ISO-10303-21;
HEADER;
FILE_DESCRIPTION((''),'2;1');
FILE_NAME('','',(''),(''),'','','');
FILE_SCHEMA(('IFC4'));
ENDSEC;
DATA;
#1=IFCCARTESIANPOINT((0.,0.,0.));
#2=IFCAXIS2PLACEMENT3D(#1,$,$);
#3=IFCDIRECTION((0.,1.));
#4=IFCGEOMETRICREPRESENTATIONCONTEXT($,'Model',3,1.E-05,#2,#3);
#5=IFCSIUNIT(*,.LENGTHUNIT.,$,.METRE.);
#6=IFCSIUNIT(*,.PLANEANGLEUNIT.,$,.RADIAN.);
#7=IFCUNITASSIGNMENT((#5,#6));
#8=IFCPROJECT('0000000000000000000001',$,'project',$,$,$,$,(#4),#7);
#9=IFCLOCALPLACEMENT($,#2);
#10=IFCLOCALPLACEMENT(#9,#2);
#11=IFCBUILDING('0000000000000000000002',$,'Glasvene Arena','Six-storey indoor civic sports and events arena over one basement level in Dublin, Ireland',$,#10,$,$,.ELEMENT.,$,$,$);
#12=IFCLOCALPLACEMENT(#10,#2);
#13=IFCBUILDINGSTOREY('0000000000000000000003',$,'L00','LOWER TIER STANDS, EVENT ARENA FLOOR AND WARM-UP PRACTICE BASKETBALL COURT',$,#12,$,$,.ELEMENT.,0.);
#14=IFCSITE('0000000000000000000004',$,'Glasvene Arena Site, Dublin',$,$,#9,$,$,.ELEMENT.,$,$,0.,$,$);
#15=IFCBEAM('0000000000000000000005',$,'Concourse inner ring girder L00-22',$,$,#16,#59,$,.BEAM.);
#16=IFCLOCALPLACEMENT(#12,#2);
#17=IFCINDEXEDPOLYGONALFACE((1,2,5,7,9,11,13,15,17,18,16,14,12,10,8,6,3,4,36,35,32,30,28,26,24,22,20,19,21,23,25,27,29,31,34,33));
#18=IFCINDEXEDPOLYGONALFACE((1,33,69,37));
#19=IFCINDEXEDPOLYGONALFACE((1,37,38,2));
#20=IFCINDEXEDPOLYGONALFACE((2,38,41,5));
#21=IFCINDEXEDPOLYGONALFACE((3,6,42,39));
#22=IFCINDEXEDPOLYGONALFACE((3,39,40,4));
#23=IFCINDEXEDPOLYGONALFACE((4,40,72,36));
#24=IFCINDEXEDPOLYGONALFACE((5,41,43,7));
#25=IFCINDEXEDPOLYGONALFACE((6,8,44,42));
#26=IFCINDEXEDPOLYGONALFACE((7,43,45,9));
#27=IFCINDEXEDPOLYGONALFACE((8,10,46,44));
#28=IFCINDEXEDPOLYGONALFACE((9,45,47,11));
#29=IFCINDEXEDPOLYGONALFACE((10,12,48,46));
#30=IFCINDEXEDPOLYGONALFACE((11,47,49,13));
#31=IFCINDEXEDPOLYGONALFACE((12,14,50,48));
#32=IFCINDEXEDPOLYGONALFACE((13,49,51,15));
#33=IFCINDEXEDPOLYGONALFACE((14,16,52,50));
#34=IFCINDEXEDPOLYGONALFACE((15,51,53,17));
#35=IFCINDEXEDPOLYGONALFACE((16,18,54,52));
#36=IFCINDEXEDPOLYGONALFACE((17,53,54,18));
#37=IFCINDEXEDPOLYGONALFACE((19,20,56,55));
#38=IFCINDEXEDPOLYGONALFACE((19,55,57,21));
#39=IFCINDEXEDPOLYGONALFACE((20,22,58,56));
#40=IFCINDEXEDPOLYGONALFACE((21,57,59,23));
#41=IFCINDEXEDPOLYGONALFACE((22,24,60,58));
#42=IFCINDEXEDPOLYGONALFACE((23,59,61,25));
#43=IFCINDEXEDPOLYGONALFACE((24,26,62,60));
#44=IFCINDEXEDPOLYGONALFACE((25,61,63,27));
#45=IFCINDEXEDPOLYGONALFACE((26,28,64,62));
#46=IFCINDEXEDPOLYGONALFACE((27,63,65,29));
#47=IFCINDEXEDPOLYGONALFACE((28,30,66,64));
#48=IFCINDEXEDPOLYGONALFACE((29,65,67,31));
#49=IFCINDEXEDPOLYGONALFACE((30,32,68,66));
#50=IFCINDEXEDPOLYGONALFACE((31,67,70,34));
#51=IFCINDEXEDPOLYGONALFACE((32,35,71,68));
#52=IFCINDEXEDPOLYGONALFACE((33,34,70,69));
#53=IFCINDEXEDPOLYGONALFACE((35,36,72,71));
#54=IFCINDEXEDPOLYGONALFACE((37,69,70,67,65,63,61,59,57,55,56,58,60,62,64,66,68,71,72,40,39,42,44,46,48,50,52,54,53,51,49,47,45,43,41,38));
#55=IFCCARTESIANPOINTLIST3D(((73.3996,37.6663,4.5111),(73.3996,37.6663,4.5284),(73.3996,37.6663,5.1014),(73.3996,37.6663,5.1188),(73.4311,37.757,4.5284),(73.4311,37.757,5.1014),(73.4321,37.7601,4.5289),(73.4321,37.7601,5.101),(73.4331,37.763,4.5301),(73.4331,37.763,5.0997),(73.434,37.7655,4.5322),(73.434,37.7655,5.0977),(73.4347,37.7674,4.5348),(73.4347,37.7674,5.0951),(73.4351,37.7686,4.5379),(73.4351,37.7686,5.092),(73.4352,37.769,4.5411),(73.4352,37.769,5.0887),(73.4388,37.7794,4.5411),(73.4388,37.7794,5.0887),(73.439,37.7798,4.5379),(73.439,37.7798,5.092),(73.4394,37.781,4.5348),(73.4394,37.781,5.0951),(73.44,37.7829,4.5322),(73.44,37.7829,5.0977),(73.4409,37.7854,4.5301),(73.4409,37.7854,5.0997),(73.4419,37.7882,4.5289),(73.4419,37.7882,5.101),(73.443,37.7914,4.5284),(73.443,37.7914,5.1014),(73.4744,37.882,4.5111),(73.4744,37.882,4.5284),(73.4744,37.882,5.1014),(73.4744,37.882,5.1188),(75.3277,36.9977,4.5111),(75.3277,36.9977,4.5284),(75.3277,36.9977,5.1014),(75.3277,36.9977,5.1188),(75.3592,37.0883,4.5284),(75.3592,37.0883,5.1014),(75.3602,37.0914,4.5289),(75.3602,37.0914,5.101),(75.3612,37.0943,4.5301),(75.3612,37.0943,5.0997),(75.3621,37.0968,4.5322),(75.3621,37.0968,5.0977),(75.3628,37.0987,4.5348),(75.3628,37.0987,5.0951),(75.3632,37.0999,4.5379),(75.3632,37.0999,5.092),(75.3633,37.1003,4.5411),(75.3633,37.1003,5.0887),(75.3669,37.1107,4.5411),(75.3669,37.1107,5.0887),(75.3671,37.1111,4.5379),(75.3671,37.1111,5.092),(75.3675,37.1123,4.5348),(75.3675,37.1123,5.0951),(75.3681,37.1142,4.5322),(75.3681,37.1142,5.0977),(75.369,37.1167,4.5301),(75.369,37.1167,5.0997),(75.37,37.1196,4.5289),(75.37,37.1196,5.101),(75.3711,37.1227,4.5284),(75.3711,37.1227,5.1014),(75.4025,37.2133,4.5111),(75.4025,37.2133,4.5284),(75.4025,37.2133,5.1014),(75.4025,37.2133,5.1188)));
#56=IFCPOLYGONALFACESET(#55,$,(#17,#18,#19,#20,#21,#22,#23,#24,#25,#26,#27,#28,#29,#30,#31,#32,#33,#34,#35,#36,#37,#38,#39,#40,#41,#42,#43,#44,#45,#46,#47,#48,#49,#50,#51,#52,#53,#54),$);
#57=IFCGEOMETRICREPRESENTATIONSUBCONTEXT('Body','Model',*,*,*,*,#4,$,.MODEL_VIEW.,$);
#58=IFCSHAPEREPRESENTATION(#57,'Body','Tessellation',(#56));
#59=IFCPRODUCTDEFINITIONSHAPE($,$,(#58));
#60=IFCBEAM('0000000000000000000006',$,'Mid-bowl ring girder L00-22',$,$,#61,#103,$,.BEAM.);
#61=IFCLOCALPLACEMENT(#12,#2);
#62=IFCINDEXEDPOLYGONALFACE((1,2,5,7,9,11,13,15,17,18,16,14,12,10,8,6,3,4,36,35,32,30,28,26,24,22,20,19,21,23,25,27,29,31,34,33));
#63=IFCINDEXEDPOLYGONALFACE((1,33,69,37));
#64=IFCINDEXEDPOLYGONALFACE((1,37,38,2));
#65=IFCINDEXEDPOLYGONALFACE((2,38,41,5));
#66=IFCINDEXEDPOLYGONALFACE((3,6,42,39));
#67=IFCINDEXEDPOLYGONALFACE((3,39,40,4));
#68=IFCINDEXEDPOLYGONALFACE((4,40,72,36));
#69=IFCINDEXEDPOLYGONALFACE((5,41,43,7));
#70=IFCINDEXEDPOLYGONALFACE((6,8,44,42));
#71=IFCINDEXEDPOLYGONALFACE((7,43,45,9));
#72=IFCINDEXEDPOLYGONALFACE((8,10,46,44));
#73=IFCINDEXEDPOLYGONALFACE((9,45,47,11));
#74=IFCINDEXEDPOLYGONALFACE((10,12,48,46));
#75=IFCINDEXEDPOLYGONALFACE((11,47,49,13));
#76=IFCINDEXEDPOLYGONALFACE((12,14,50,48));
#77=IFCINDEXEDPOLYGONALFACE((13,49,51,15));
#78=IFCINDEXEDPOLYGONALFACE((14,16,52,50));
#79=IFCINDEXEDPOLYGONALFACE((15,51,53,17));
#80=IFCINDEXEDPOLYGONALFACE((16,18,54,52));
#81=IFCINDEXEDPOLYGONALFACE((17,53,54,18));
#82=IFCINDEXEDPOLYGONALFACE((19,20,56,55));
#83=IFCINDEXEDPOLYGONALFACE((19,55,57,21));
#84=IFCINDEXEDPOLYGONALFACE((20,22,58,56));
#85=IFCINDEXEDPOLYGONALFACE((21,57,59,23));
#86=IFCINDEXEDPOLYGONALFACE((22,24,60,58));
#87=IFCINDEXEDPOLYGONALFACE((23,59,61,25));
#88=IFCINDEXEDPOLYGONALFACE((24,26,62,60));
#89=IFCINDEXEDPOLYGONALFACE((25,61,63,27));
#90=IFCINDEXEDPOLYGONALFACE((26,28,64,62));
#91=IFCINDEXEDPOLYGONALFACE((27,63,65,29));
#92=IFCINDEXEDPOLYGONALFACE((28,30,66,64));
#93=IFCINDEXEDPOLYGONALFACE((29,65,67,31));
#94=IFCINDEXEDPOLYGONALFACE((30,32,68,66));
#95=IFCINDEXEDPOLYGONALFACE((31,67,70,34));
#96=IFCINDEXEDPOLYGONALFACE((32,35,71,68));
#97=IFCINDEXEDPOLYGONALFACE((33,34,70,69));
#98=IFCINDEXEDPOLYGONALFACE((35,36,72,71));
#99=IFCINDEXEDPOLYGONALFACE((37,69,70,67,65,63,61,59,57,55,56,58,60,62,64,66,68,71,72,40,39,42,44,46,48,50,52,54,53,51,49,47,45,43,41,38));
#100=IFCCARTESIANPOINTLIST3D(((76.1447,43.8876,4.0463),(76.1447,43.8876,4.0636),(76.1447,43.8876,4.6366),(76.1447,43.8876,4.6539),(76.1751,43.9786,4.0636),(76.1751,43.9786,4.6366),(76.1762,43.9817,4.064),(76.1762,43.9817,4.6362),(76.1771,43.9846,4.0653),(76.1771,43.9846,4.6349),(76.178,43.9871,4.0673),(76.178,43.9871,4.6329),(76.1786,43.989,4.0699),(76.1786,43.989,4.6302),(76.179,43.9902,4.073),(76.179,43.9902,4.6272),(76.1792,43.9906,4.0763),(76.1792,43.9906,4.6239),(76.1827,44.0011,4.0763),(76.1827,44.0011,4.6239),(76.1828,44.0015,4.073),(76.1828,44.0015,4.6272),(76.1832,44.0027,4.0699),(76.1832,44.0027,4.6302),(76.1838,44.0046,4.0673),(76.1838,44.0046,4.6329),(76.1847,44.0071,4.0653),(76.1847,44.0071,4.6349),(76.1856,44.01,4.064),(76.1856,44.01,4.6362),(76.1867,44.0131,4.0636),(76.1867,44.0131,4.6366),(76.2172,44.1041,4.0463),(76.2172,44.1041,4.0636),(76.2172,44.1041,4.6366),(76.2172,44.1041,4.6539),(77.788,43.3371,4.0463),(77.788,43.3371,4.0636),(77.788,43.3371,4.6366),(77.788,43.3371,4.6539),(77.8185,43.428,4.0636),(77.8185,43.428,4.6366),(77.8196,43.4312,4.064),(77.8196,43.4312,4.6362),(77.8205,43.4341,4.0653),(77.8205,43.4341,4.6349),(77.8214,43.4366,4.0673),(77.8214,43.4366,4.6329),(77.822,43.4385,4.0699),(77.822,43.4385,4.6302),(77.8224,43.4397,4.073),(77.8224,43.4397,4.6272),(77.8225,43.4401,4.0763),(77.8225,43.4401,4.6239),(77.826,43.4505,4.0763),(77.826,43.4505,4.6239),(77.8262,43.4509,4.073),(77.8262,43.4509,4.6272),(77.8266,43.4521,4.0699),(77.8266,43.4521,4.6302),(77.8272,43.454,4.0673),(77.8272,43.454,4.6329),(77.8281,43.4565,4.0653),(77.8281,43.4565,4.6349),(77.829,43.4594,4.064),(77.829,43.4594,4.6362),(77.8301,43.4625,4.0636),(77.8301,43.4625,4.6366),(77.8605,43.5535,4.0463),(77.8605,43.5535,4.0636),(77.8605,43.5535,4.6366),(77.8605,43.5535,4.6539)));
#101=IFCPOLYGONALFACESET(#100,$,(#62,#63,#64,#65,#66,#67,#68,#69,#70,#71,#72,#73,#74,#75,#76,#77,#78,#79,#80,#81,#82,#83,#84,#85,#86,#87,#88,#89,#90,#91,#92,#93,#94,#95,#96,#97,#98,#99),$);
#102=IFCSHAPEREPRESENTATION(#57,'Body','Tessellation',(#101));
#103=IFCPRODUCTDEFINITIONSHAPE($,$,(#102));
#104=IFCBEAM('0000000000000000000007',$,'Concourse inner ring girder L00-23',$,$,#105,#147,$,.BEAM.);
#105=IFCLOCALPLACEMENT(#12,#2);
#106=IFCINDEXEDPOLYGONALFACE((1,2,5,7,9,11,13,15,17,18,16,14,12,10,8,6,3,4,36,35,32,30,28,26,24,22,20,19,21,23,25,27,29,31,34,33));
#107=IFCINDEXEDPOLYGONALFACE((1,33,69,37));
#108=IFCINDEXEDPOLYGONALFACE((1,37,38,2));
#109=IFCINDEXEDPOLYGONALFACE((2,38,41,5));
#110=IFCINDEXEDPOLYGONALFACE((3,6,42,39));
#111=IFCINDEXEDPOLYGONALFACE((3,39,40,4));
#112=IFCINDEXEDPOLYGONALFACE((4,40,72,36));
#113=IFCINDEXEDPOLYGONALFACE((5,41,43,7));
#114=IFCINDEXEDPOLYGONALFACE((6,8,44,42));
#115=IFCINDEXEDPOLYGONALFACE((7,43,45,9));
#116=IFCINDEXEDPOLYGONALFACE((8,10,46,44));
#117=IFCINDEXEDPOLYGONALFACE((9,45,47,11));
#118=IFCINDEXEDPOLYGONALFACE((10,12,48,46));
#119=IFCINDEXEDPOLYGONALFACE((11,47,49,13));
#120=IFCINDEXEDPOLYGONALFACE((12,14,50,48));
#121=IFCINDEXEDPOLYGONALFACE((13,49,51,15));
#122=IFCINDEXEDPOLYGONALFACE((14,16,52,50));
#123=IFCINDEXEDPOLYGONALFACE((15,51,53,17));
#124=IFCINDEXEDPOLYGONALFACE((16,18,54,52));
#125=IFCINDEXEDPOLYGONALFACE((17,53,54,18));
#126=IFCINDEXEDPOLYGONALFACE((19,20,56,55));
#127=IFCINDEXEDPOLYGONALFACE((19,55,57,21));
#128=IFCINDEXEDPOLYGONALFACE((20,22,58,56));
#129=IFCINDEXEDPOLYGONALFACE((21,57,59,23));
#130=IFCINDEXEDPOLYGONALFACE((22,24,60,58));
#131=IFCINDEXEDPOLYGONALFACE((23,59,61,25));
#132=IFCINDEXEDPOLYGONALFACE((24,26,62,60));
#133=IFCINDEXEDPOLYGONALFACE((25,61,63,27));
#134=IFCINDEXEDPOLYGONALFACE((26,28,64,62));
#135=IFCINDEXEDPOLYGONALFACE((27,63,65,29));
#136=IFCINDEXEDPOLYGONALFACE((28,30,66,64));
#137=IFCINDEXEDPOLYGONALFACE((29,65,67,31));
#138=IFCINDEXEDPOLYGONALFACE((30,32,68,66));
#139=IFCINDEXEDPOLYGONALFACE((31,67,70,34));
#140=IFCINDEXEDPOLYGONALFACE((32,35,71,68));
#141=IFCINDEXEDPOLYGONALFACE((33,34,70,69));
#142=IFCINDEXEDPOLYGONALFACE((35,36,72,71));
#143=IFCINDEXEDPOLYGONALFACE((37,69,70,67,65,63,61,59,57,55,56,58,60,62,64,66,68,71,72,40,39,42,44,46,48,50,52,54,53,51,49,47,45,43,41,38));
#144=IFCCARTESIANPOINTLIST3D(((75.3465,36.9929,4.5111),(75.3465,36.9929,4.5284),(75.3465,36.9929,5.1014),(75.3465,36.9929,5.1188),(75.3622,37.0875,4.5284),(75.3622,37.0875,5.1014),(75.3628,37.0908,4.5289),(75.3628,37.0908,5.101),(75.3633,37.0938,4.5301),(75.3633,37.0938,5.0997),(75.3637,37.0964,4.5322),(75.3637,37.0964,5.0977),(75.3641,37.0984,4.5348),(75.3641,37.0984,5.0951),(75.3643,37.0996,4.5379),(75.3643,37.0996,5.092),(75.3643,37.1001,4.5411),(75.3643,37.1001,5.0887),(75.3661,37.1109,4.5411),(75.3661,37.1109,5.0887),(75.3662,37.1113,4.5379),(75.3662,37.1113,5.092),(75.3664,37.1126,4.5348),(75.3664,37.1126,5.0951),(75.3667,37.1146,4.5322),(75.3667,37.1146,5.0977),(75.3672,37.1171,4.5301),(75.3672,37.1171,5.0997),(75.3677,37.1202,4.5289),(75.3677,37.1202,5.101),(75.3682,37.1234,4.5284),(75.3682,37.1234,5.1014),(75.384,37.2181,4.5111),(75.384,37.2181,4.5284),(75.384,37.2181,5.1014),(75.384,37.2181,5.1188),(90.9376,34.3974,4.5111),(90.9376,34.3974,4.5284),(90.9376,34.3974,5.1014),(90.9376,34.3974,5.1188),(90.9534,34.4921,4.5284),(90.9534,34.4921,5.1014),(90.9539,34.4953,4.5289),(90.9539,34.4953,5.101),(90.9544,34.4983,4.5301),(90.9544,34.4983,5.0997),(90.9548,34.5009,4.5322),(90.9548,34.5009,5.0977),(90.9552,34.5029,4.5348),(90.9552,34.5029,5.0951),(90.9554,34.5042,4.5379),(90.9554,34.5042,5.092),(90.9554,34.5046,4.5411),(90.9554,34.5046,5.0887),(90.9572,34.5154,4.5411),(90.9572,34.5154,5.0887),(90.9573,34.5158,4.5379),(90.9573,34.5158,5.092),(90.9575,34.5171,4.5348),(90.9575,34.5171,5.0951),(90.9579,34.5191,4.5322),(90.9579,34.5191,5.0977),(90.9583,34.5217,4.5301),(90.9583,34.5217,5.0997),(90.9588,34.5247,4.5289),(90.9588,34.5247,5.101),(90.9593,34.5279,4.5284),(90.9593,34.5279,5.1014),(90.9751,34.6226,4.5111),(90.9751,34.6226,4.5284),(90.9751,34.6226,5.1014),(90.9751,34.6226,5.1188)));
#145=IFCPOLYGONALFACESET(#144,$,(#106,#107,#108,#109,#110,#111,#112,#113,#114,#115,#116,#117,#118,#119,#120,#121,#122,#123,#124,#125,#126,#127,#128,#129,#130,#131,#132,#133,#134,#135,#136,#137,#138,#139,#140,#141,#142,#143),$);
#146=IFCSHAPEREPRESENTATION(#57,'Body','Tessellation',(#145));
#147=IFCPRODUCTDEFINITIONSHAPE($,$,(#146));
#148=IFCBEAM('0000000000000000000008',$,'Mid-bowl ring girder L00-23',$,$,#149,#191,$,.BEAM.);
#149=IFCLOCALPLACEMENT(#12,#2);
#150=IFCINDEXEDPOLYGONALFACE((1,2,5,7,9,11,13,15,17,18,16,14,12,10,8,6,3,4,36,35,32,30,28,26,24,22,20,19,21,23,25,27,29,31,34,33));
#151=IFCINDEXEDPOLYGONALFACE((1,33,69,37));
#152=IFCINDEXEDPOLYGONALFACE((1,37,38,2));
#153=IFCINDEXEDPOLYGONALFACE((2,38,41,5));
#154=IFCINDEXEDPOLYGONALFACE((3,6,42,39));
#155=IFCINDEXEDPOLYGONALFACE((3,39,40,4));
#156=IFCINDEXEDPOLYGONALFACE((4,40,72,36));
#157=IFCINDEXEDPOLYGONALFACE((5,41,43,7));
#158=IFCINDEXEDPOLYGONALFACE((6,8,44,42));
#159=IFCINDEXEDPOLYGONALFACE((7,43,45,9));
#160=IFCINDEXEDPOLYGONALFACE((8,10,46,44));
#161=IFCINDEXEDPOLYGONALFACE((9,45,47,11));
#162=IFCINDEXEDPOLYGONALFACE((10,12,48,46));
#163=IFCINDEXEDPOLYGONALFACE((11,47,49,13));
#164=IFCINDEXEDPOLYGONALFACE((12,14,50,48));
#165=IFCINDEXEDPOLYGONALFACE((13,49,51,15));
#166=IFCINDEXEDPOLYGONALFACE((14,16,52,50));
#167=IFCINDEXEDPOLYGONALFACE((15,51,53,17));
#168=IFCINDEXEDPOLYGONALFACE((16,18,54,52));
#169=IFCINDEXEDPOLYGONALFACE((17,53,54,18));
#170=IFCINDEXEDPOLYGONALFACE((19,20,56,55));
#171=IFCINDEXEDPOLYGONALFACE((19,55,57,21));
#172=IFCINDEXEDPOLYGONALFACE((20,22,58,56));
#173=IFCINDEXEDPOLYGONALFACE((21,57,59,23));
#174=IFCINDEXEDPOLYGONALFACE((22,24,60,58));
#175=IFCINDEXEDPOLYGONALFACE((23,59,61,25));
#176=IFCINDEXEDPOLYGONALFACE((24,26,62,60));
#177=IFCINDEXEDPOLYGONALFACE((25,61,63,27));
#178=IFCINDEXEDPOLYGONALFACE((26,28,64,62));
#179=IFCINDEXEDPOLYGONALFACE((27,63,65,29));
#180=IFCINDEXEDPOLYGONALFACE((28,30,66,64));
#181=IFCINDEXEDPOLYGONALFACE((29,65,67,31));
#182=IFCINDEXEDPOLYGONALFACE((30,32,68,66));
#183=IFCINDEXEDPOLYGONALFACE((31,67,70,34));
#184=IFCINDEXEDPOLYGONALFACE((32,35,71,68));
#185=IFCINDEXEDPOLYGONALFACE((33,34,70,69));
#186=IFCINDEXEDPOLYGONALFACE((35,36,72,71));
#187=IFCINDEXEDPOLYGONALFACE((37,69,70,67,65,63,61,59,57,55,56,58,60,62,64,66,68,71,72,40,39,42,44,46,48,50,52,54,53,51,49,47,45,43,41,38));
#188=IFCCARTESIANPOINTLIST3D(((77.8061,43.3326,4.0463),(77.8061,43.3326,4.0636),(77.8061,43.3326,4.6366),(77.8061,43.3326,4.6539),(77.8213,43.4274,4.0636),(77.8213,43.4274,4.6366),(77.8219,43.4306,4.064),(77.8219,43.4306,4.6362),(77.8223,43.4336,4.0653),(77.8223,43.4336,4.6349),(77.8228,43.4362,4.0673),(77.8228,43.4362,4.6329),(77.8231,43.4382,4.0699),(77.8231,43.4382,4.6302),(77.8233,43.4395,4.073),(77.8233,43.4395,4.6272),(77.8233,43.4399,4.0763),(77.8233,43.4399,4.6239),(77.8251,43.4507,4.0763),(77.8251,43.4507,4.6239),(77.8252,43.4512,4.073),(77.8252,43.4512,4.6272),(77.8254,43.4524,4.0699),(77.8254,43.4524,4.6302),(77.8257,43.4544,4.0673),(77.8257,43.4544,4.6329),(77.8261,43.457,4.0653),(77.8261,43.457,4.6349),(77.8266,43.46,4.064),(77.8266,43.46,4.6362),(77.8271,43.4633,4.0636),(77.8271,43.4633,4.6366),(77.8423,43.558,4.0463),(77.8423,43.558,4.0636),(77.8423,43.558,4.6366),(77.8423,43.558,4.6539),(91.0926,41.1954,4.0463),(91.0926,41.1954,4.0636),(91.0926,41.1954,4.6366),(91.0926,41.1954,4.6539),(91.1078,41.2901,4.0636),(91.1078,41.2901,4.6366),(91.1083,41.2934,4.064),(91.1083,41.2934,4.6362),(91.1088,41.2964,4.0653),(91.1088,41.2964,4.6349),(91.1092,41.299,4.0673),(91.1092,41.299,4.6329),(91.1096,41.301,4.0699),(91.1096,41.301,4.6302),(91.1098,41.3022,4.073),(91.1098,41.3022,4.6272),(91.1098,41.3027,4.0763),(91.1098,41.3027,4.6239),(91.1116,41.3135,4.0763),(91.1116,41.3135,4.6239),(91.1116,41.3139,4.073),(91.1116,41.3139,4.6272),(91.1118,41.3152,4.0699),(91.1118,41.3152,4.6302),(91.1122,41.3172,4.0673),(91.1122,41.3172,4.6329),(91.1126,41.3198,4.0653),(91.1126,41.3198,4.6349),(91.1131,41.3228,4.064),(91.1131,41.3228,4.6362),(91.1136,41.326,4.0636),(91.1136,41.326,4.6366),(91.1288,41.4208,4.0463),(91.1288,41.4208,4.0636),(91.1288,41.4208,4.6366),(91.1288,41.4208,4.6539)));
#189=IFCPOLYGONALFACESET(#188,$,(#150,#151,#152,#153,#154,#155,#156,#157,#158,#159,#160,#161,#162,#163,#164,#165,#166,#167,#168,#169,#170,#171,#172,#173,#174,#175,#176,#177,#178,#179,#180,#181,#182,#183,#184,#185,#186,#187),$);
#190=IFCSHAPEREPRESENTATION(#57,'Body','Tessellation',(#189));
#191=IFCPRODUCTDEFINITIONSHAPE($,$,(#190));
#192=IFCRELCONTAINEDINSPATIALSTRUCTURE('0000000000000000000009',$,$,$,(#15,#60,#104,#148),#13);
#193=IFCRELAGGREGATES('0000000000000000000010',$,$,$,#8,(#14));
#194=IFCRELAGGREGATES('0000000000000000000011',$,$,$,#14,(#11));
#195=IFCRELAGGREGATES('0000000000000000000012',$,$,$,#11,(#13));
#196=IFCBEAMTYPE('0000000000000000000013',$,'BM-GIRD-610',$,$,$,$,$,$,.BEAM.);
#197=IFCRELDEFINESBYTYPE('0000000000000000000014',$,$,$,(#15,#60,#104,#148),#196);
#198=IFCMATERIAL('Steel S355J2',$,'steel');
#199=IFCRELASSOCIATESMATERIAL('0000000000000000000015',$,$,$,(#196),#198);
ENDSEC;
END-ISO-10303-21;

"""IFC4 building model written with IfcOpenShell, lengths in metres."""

from ifc_helpers import new_model, si_unit, direction, frame, origin, origin_2d, place, context, subcontext, project, spatial, i_section, extrude, material, material_profile, profile_set, type_object, element, save


model = new_model("IFC4")

# Units and contexts
model_context = context("Model", 3, precision=1e-05, world=origin(), true_north=direction((0.0, 1.0)))
body_context = subcontext(model_context, "Body", "Model", "MODEL_VIEW")
ifc_project = project(units=[si_unit("LENGTHUNIT", "METRE"), si_unit("PLANEANGLEUNIT", "RADIAN")], contexts=[model_context])

# Site, building, storey
site_placement = place(None, origin())
site = spatial("IfcSite", under=ifc_project, at=site_placement, Name="Glasvene Arena Site, Dublin", CompositionType="ELEMENT", RefElevation=0.0)
building_placement = place(site_placement, origin())
building = spatial("IfcBuilding", under=site, at=building_placement, Name="Glasvene Arena", Description="Six-storey indoor civic sports and events arena over one basement level in Dublin, Ireland", CompositionType="ELEMENT")
storey_placement = place(building_placement, origin())
storey = spatial("IfcBuildingStorey", under=building, at=storey_placement, Name="L00", Description="LOWER TIER STANDS, EVENT ARENA FLOOR AND WARM-UP PRACTICE BASKETBALL COURT", CompositionType="ELEMENT", Elevation=0.0)

# Shared definitions
ifc_material_1 = material(Name="Steel S355J2", Category="steel")

# Beams
ifc_material_profile_1 = material_profile(ifc_material_1, i_section(OverallWidth=0.2283, OverallDepth=0.6077, WebThickness=0.011, FlangeThickness=0.0173, FilletRadius=0.0127, at=origin_2d()), Name="UKB 610x229x113")
ifc_profile_set_1 = profile_set([ifc_material_profile_1], Name="Steel S355J2")
beam_type_1 = type_object("IfcBeamType", Name="BM-GIRD-610", PredefinedType="BEAM", material=ifc_profile_set_1)
beam_1_placement = place(storey_placement, frame((73.437, 37.7742, 4.8149), z_axis=(0.944798, -0.327653, 0.0), x_axis=(0.327653, 0.944798, 0.0)))
element("IfcBeam", 1, at=beam_1_placement, inside=storey, type_object=beam_type_1, Name="Concourse inner ring girder L00-22", PredefinedType="BEAM", context=body_context, shape_type="SweptSolid", body=[
    extrude(i_section(OverallWidth=0.2283, OverallDepth=0.6077, WebThickness=0.011, FlangeThickness=0.0173, FilletRadius=0.0127, at=origin_2d()), origin(), (0.0, 0.0, 1.0), 2.0408),
])
beam_2_placement = place(storey_placement, frame((76.1809, 43.9958, 4.3501), z_axis=(0.948203, -0.317664, 0.0), x_axis=(0.317664, 0.948203, 0.0)))
element("IfcBeam", 2, at=beam_2_placement, inside=storey, type_object=beam_type_1, Name="Mid-bowl ring girder L00-22", PredefinedType="BEAM", context=body_context, shape_type="SweptSolid", body=[
    extrude(i_section(OverallWidth=0.2283, OverallDepth=0.6077, WebThickness=0.011, FlangeThickness=0.0173, FilletRadius=0.0127, at=origin_2d()), origin(), (0.0, 0.0, 1.0), 1.7332),
])
beam_3_placement = place(storey_placement, frame((75.3652, 37.1055, 4.8149), z_axis=(0.986425, -0.164211, 0.0), x_axis=(0.164211, 0.986425, 0.0)))
element("IfcBeam", 3, at=beam_3_placement, inside=storey, type_object=beam_type_1, Name="Concourse inner ring girder L00-23", PredefinedType="BEAM", context=body_context, shape_type="SweptSolid", body=[
    extrude(i_section(OverallWidth=0.2283, OverallDepth=0.6077, WebThickness=0.011, FlangeThickness=0.0173, FilletRadius=0.0127, at=origin_2d()), origin(), (0.0, 0.0, 1.0), 15.8057),
])
beam_4_placement = place(storey_placement, frame((77.8242, 43.4453, 4.3501), z_axis=(0.987308, -0.158815, 0.0), x_axis=(0.158815, 0.987308, 0.0)))
element("IfcBeam", 4, at=beam_4_placement, inside=storey, type_object=beam_type_1, Name="Mid-bowl ring girder L00-23", PredefinedType="BEAM", context=body_context, shape_type="SweptSolid", body=[
    extrude(i_section(OverallWidth=0.2283, OverallDepth=0.6077, WebThickness=0.011, FlangeThickness=0.0173, FilletRadius=0.0127, at=origin_2d()), origin(), (0.0, 0.0, 1.0), 13.4573),
])

save(model, "model.ifc")
